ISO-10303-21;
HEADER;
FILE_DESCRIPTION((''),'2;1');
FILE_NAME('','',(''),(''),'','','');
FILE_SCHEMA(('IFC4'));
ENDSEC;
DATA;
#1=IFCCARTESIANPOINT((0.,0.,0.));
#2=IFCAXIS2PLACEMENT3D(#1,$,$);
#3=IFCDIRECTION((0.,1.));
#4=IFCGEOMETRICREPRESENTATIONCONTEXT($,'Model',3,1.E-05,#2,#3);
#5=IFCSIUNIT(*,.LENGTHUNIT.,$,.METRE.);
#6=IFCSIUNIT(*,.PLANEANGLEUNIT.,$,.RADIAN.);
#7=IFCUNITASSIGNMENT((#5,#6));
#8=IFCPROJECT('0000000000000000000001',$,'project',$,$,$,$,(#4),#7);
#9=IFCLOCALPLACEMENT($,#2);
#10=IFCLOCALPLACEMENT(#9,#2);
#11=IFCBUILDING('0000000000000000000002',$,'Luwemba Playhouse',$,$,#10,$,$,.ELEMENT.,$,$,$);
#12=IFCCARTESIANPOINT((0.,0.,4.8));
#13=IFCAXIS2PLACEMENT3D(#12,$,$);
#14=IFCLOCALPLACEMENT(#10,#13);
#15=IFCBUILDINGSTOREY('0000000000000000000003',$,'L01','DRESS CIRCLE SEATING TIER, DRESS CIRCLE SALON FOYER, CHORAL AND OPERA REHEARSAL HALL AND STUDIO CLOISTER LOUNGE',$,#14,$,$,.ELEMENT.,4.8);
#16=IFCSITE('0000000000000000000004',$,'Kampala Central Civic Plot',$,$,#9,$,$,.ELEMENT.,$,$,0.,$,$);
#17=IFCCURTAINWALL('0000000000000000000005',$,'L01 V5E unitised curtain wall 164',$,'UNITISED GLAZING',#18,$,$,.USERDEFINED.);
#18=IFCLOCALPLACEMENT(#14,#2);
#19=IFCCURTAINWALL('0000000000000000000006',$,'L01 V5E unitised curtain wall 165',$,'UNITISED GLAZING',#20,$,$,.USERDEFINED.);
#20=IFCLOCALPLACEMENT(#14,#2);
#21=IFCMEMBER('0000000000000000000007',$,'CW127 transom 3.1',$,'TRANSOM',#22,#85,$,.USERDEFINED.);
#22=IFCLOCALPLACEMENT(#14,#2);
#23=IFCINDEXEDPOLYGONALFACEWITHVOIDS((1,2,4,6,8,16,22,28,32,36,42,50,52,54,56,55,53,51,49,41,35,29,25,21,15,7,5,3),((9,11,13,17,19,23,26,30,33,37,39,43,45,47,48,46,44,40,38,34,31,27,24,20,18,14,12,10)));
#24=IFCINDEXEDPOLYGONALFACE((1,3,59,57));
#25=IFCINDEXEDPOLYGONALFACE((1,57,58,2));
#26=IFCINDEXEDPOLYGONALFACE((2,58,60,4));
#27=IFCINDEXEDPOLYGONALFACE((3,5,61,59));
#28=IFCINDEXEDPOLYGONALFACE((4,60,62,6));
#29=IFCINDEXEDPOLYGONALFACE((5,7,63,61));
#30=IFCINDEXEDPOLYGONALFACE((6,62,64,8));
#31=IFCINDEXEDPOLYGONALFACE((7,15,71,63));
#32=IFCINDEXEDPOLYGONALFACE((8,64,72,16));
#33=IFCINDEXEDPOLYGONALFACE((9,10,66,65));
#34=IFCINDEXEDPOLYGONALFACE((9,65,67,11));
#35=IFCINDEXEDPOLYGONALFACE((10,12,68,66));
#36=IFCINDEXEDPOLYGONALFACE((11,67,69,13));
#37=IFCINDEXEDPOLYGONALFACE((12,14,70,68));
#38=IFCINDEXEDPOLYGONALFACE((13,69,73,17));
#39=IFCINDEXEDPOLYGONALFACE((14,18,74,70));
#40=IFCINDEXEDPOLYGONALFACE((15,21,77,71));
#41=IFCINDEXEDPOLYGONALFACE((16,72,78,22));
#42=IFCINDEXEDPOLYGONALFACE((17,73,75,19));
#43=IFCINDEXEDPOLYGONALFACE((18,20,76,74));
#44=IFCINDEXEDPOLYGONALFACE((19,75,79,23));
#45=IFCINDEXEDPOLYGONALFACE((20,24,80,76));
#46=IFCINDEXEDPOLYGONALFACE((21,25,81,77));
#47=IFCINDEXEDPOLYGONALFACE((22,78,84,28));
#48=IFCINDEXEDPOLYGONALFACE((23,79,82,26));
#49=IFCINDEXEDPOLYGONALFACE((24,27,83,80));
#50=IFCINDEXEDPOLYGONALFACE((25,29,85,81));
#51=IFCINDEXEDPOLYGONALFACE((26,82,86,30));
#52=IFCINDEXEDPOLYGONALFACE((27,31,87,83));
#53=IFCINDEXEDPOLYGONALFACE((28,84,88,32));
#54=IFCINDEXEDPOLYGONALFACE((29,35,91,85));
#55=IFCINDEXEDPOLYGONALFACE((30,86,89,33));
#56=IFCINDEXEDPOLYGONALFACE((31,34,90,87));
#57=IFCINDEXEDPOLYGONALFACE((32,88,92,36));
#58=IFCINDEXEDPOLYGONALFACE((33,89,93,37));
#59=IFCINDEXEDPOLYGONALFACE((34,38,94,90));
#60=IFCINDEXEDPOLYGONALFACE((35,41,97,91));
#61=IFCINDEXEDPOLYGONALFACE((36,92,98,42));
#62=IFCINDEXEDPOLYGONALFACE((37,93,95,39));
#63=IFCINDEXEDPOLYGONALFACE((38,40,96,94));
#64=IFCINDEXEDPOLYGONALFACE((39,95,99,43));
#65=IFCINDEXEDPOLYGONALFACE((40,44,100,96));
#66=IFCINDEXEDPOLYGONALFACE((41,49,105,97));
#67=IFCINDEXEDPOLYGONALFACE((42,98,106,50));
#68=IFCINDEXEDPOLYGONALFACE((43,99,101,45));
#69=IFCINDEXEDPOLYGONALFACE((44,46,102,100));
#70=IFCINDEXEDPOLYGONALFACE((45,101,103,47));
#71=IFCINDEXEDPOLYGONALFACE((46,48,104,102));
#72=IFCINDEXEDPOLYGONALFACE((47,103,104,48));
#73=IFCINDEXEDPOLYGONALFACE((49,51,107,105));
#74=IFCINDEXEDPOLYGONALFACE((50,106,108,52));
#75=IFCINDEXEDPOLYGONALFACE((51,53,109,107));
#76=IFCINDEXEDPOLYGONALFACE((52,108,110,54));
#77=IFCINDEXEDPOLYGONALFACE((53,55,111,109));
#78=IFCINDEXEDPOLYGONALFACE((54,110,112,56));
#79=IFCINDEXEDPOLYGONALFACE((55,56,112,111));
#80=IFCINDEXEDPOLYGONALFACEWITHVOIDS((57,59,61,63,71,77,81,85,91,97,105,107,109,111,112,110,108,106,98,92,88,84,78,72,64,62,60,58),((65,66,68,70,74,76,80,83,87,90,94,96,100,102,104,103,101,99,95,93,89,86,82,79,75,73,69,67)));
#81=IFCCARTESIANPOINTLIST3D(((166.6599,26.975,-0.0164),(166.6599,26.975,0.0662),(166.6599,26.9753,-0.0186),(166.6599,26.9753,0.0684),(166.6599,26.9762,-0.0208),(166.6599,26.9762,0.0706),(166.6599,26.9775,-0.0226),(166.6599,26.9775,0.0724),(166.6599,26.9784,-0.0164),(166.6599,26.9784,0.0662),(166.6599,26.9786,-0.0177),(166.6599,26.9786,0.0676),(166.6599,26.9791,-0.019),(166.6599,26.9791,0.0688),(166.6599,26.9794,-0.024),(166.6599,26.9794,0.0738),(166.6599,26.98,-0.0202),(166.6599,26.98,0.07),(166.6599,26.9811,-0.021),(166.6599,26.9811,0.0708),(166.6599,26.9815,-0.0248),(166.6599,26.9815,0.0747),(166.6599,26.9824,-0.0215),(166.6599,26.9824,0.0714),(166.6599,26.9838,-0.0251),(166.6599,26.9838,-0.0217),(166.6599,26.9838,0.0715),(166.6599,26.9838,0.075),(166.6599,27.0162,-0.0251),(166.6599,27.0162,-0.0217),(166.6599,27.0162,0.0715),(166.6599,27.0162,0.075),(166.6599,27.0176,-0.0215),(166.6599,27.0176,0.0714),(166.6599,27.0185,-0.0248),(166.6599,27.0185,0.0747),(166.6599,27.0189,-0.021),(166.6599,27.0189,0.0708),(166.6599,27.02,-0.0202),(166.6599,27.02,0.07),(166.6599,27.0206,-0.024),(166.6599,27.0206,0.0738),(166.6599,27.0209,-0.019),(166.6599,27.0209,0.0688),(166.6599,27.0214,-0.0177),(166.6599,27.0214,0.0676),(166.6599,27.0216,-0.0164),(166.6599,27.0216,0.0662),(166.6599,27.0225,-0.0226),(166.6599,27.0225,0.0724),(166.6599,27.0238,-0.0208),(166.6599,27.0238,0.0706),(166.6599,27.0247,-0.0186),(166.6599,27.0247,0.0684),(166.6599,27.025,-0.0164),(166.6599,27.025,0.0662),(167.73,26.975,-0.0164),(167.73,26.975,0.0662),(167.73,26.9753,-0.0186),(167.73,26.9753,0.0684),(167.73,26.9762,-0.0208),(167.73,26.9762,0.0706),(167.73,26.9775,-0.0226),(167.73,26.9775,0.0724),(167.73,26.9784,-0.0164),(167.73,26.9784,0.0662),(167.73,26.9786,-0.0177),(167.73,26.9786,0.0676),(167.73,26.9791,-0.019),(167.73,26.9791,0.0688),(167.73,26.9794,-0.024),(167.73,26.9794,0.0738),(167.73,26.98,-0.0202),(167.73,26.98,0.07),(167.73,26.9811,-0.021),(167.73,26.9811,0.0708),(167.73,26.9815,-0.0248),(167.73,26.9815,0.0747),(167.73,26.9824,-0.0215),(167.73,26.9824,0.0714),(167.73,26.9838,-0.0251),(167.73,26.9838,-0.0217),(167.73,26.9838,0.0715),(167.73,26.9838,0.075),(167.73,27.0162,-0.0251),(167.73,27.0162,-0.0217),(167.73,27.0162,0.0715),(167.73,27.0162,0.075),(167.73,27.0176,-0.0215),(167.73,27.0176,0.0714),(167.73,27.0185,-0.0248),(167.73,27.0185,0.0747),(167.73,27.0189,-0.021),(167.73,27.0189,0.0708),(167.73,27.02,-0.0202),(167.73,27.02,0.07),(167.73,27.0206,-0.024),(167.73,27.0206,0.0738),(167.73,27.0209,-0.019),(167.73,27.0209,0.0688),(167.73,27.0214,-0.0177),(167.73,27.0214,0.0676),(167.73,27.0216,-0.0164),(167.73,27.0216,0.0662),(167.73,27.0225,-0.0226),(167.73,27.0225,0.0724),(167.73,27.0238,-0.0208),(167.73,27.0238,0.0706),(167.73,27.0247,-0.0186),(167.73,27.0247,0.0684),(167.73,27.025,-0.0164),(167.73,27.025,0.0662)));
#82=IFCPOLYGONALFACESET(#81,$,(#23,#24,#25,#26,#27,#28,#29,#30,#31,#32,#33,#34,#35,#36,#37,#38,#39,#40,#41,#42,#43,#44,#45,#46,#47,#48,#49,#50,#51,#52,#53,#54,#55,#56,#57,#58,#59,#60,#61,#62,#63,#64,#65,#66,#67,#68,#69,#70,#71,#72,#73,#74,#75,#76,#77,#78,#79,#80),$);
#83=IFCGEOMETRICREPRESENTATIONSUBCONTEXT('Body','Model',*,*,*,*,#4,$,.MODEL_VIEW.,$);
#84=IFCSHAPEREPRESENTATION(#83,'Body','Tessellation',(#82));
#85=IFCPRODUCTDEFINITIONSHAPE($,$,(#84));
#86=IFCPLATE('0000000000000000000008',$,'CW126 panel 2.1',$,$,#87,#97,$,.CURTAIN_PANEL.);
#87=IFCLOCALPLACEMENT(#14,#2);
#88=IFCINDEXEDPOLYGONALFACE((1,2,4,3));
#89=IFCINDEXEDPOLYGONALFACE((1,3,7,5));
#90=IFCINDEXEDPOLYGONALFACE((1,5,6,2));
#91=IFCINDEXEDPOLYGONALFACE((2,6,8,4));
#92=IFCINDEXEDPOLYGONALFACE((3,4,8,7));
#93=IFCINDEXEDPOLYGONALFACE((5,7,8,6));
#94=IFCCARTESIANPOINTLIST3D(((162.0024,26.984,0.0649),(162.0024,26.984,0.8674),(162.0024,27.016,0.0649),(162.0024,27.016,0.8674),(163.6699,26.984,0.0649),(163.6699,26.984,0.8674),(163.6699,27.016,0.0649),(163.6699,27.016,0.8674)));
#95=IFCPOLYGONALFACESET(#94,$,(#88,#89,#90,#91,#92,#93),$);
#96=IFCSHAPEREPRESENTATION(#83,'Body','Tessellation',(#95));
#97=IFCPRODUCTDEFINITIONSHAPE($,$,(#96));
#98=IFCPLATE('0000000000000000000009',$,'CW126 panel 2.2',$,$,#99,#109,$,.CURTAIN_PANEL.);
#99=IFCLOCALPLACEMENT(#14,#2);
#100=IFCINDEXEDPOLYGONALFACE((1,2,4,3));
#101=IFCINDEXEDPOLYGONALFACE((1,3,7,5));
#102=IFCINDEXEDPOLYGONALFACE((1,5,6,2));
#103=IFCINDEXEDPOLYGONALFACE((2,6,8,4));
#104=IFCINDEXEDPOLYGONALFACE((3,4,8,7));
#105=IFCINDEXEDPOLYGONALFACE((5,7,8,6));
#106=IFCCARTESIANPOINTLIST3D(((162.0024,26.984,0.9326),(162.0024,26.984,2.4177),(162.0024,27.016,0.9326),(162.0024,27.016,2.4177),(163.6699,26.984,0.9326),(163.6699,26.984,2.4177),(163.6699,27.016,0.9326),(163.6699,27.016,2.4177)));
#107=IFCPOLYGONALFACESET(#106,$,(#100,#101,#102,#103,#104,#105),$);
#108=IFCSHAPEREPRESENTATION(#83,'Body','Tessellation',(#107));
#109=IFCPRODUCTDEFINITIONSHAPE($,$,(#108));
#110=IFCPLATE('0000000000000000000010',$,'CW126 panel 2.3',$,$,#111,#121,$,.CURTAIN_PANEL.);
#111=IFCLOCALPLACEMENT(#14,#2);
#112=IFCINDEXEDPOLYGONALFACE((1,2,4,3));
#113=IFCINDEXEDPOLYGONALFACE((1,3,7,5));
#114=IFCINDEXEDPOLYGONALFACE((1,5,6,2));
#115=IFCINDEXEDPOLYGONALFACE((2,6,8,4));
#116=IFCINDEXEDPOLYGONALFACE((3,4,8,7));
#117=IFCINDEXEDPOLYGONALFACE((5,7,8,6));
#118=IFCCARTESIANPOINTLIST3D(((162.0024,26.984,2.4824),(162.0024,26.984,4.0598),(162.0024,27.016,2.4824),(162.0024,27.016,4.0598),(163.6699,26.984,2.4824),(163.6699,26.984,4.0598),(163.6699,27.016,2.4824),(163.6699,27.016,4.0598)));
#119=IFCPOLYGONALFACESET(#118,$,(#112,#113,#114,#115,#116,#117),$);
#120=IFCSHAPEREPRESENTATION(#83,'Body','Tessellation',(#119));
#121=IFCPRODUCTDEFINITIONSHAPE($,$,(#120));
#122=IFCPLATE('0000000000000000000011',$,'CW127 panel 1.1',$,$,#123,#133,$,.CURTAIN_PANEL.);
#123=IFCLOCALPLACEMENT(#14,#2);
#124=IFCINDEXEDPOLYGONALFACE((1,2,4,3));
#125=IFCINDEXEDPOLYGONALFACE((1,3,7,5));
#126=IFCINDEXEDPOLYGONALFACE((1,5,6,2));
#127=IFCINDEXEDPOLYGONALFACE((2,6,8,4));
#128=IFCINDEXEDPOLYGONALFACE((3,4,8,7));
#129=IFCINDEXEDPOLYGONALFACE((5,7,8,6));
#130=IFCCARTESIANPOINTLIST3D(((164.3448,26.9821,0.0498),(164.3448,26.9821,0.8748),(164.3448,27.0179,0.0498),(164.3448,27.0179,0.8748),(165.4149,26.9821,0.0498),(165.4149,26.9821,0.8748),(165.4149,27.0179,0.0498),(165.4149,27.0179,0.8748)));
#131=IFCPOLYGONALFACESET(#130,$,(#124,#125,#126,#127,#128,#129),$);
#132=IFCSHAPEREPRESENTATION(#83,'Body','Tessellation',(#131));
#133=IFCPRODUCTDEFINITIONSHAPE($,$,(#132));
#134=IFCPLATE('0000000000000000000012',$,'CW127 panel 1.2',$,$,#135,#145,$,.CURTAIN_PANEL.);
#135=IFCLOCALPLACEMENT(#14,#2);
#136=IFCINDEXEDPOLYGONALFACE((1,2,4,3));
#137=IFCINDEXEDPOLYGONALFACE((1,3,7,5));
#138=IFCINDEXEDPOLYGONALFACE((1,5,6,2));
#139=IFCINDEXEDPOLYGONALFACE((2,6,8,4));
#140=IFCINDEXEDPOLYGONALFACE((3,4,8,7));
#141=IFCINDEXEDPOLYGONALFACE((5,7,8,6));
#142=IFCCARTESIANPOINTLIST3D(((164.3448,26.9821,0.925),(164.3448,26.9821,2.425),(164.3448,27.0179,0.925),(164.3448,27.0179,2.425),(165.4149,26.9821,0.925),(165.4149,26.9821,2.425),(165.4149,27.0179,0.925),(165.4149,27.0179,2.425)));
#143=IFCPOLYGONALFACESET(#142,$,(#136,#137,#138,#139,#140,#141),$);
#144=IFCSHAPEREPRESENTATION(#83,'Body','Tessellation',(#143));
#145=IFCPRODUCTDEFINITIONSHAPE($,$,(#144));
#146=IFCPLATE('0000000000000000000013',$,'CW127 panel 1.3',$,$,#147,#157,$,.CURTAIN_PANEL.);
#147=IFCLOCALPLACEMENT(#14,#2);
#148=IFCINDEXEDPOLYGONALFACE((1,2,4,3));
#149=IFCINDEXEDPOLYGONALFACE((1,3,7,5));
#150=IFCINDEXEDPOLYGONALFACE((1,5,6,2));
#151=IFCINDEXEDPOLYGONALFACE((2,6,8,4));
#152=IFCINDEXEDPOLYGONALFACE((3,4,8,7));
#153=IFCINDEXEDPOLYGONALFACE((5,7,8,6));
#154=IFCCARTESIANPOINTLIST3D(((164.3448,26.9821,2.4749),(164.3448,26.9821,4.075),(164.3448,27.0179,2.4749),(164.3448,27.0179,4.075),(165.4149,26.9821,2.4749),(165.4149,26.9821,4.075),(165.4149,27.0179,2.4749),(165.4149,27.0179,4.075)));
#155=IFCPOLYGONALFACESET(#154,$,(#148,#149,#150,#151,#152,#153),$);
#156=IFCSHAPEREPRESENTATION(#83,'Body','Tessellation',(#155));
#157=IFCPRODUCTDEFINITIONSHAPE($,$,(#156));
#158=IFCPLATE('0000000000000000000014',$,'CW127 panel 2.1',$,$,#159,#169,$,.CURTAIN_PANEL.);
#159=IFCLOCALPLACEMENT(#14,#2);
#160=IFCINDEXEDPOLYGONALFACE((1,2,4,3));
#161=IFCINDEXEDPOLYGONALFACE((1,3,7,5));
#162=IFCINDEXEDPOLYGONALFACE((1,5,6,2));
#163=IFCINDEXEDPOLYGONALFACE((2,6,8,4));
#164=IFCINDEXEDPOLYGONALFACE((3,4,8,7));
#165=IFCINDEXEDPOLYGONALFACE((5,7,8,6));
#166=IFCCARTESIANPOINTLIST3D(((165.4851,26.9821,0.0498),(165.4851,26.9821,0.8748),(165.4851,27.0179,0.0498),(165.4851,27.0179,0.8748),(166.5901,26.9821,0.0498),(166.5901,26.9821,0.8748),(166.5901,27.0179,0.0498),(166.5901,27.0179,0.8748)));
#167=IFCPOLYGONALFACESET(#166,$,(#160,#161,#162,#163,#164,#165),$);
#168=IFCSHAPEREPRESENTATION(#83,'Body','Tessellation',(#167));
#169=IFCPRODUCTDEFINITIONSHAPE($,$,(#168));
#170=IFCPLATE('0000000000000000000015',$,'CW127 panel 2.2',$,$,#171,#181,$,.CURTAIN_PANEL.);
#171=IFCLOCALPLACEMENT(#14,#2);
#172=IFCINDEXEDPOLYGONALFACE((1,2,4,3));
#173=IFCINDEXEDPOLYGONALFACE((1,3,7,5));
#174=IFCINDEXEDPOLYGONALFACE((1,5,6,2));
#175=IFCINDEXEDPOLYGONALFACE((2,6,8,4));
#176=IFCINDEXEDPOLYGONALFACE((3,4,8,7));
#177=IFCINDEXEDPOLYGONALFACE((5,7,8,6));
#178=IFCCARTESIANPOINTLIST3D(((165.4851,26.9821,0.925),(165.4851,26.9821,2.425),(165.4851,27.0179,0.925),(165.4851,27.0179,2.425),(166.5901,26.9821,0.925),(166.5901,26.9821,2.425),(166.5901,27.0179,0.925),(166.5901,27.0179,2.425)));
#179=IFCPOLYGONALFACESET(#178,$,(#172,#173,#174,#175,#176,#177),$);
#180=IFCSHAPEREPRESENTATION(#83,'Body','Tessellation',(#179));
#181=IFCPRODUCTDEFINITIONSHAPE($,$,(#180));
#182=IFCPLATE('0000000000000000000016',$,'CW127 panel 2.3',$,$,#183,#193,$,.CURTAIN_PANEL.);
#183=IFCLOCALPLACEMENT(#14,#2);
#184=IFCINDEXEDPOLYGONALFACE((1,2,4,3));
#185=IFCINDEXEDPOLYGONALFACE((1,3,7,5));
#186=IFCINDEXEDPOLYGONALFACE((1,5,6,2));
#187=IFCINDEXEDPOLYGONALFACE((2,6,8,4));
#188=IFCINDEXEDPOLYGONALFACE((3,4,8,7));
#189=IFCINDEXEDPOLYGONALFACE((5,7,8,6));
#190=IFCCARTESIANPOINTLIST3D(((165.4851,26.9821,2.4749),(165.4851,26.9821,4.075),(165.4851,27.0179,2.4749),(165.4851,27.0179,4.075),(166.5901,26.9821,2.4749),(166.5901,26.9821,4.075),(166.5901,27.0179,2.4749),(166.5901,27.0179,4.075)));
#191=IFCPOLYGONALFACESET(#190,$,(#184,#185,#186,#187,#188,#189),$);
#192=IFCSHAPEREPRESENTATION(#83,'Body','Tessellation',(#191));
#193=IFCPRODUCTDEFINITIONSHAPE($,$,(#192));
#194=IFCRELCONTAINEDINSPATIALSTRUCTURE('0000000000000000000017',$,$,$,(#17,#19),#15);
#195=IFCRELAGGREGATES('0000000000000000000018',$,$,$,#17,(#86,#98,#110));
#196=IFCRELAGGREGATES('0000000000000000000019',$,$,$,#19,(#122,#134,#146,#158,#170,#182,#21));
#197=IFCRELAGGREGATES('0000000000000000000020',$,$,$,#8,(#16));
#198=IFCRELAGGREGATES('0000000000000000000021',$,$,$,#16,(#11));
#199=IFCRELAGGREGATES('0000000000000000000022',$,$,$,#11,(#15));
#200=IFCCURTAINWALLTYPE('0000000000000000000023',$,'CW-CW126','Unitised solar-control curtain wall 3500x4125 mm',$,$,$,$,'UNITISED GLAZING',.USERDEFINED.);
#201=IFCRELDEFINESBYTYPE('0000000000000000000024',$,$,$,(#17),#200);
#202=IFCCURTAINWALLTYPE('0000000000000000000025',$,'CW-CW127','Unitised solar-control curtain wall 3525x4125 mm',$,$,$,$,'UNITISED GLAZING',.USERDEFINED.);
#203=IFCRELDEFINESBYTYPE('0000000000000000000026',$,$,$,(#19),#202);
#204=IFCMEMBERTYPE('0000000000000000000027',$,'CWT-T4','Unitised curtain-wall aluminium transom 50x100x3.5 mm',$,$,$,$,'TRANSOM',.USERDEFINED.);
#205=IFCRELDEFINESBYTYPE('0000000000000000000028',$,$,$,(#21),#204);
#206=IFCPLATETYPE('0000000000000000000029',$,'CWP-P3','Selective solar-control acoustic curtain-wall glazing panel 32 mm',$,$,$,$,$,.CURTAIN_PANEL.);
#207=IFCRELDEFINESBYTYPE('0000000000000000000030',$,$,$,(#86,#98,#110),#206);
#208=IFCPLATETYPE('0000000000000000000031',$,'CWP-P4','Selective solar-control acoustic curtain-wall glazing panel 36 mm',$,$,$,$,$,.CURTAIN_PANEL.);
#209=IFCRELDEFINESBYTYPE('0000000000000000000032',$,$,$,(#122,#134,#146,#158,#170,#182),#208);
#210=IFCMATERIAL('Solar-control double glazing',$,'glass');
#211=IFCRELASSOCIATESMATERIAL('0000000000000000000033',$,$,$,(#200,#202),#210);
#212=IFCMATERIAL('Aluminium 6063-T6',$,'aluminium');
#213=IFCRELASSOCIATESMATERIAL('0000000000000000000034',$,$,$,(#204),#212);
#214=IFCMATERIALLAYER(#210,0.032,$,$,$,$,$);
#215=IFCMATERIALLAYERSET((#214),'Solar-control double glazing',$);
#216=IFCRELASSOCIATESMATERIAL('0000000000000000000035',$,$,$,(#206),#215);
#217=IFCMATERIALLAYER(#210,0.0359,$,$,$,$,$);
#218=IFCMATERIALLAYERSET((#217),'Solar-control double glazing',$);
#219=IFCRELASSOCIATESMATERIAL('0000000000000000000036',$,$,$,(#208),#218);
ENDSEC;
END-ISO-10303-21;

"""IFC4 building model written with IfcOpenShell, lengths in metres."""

from ifc_helpers import new_model, si_unit, direction, frame, origin, origin_2d, place, context, subcontext, project, spatial, rectangle, hollow_rectangle, extrude, material, layer, layer_set, material_profile, profile_set, type_object, element, aggregate, save


model = new_model("IFC4")

# Units and contexts
model_context = context("Model", 3, precision=1e-05, world=origin(), true_north=direction((0.0, 1.0)))
body_context = subcontext(model_context, "Body", "Model", "MODEL_VIEW")
ifc_project = project(units=[si_unit("LENGTHUNIT", "METRE"), si_unit("PLANEANGLEUNIT", "RADIAN")], contexts=[model_context])

# Site, building, storey
site_placement = place(None, origin())
site = spatial("IfcSite", under=ifc_project, at=site_placement, Name="Kampala Central Civic Plot", CompositionType="ELEMENT", RefElevation=0.0)
building_placement = place(site_placement, origin())
building = spatial("IfcBuilding", under=site, at=building_placement, Name="Luwemba Playhouse", CompositionType="ELEMENT")
storey_placement = place(building_placement, frame((0.0, 0.0, 4.8)))
storey = spatial("IfcBuildingStorey", under=building, at=storey_placement, Name="L01", Description="DRESS CIRCLE SEATING TIER, DRESS CIRCLE SALON FOYER, CHORAL AND OPERA REHEARSAL HALL AND STUDIO CLOISTER LOUNGE", CompositionType="ELEMENT", Elevation=4.8)

# Curtain walls
ifc_material_1 = material(Name="Solar-control double glazing", Category="glass")
curtain_wall_type_1 = type_object("IfcCurtainWallType", Name="CW-CW126", Description="Unitised solar-control curtain wall 3500x4125 mm", ElementType="UNITISED GLAZING", PredefinedType="USERDEFINED", material=ifc_material_1)
curtain_wall_1_placement = place(storey_placement, origin())
curtain_wall_1 = element("IfcCurtainWall", 1, at=curtain_wall_1_placement, inside=storey, type_object=curtain_wall_type_1, Name="L01 V5E unitised curtain wall 164", ObjectType="UNITISED GLAZING", PredefinedType="USERDEFINED")
ifc_material_2 = material(Name="Aluminium 6063-T6", Category="aluminium")
curtain_wall_type_2 = type_object("IfcCurtainWallType", Name="CW-CW127", Description="Unitised solar-control curtain wall 3525x4125 mm", ElementType="UNITISED GLAZING", PredefinedType="USERDEFINED", material=ifc_material_1)
curtain_wall_2_placement = place(storey_placement, origin())
curtain_wall_2 = element("IfcCurtainWall", 2, at=curtain_wall_2_placement, inside=storey, type_object=curtain_wall_type_2, Name="L01 V5E unitised curtain wall 165", ObjectType="UNITISED GLAZING", PredefinedType="USERDEFINED")

# Member
ifc_material_profile_1 = material_profile(ifc_material_2, hollow_rectangle(XDim=0.05, YDim=0.1001, WallThickness=0.0034, InnerFilletRadius=0.0054, OuterFilletRadius=0.0088, at=origin_2d()))
ifc_profile_set_1 = profile_set([ifc_material_profile_1], Name="Aluminium 6063-T6")
member_type_1 = type_object("IfcMemberType", Name="CWT-T4", Description="Unitised curtain-wall aluminium transom 50x100x3.5 mm", ElementType="TRANSOM", PredefinedType="USERDEFINED", material=ifc_profile_set_1)
member_1_placement = place(storey_placement, frame((166.6599, 27.0, 0.0249), z_axis=(1.0, 0.0, 0.0), x_axis=(0.0, 1.0, 0.0)))
member_1 = element("IfcMember", 3, at=member_1_placement, type_object=member_type_1, Name="CW127 transom 3.1", ObjectType="TRANSOM", PredefinedType="USERDEFINED", context=body_context, shape_type="SweptSolid", body=[
    extrude(hollow_rectangle(XDim=0.05, YDim=0.1001, WallThickness=0.0034, InnerFilletRadius=0.0054, OuterFilletRadius=0.0088, at=origin_2d()), origin(), (0.0, 0.0, 1.0), 1.0701),
])

# Plates
ifc_layer_1 = layer(ifc_material_1, 0.032)
ifc_layer_set_1 = layer_set([ifc_layer_1], Name="Solar-control double glazing")
plate_type_1 = type_object("IfcPlateType", Name="CWP-P3", Description="Selective solar-control acoustic curtain-wall glazing panel 32 mm", PredefinedType="CURTAIN_PANEL", material=ifc_layer_set_1)
plate_1_placement = place(storey_placement, frame((162.8362, 27.0, 0.0649), z_axis=(0.0, 0.0, 1.0), x_axis=(1.0, 0.0, 0.0)))
plate_1 = element("IfcPlate", 4, at=plate_1_placement, type_object=plate_type_1, Name="CW126 panel 2.1", PredefinedType="CURTAIN_PANEL", context=body_context, shape_type="SweptSolid", body=[
    extrude(rectangle(XDim=1.6675, YDim=0.032, at=origin_2d()), origin(), (0.0, 0.0, 1.0), 0.8025),
])
plate_2_placement = place(storey_placement, frame((162.8362, 27.0, 0.9326), z_axis=(0.0, 0.0, 1.0), x_axis=(1.0, 0.0, 0.0)))
plate_2 = element("IfcPlate", 5, at=plate_2_placement, type_object=plate_type_1, Name="CW126 panel 2.2", PredefinedType="CURTAIN_PANEL", context=body_context, shape_type="SweptSolid", body=[
    extrude(rectangle(XDim=1.6675, YDim=0.032, at=origin_2d()), origin(), (0.0, 0.0, 1.0), 1.4851),
])
plate_3_placement = place(storey_placement, frame((162.8362, 27.0, 2.4824), z_axis=(0.0, 0.0, 1.0), x_axis=(1.0, 0.0, 0.0)))
plate_3 = element("IfcPlate", 6, at=plate_3_placement, type_object=plate_type_1, Name="CW126 panel 2.3", PredefinedType="CURTAIN_PANEL", context=body_context, shape_type="SweptSolid", body=[
    extrude(rectangle(XDim=1.6675, YDim=0.032, at=origin_2d()), origin(), (0.0, 0.0, 1.0), 1.5774),
])
aggregate(curtain_wall_1, [plate_1, plate_2, plate_3])
ifc_layer_2 = layer(ifc_material_1, 0.0359)
ifc_layer_set_2 = layer_set([ifc_layer_2], Name="Solar-control double glazing")
plate_type_2 = type_object("IfcPlateType", Name="CWP-P4", Description="Selective solar-control acoustic curtain-wall glazing panel 36 mm", PredefinedType="CURTAIN_PANEL", material=ifc_layer_set_2)
plate_4_placement = place(storey_placement, frame((164.8799, 27.0, 0.0498), z_axis=(0.0, 0.0, 1.0), x_axis=(1.0, 0.0, 0.0)))
plate_4 = element("IfcPlate", 7, at=plate_4_placement, type_object=plate_type_2, Name="CW127 panel 1.1", PredefinedType="CURTAIN_PANEL", context=body_context, shape_type="SweptSolid", body=[
    extrude(rectangle(XDim=1.0701, YDim=0.0359, at=origin_2d()), origin(), (0.0, 0.0, 1.0), 0.825),
])
plate_5_placement = place(storey_placement, frame((164.8799, 27.0, 0.925), z_axis=(0.0, 0.0, 1.0), x_axis=(1.0, 0.0, 0.0)))
plate_5 = element("IfcPlate", 8, at=plate_5_placement, type_object=plate_type_2, Name="CW127 panel 1.2", PredefinedType="CURTAIN_PANEL", context=body_context, shape_type="SweptSolid", body=[
    extrude(rectangle(XDim=1.0701, YDim=0.0359, at=origin_2d()), origin(), (0.0, 0.0, 1.0), 1.5),
])
plate_6_placement = place(storey_placement, frame((164.8799, 27.0, 2.4749), z_axis=(0.0, 0.0, 1.0), x_axis=(1.0, 0.0, 0.0)))
plate_6 = element("IfcPlate", 9, at=plate_6_placement, type_object=plate_type_2, Name="CW127 panel 1.3", PredefinedType="CURTAIN_PANEL", context=body_context, shape_type="SweptSolid", body=[
    extrude(rectangle(XDim=1.0701, YDim=0.0359, at=origin_2d()), origin(), (0.0, 0.0, 1.0), 1.6001),
])
plate_7_placement = place(storey_placement, frame((166.0376, 27.0, 0.0498), z_axis=(0.0, 0.0, 1.0), x_axis=(1.0, 0.0, 0.0)))
plate_7 = element("IfcPlate", 10, at=plate_7_placement, type_object=plate_type_2, Name="CW127 panel 2.1", PredefinedType="CURTAIN_PANEL", context=body_context, shape_type="SweptSolid", body=[
    extrude(rectangle(XDim=1.105, YDim=0.0359, at=origin_2d()), origin(), (0.0, 0.0, 1.0), 0.825),
])
plate_8_placement = place(storey_placement, frame((166.0376, 27.0, 0.925), z_axis=(0.0, 0.0, 1.0), x_axis=(1.0, 0.0, 0.0)))
plate_8 = element("IfcPlate", 11, at=plate_8_placement, type_object=plate_type_2, Name="CW127 panel 2.2", PredefinedType="CURTAIN_PANEL", context=body_context, shape_type="SweptSolid", body=[
    extrude(rectangle(XDim=1.105, YDim=0.0359, at=origin_2d()), origin(), (0.0, 0.0, 1.0), 1.5),
])
plate_9_placement = place(storey_placement, frame((166.0376, 27.0, 2.4749), z_axis=(0.0, 0.0, 1.0), x_axis=(1.0, 0.0, 0.0)))
plate_9 = element("IfcPlate", 12, at=plate_9_placement, type_object=plate_type_2, Name="CW127 panel 2.3", PredefinedType="CURTAIN_PANEL", context=body_context, shape_type="SweptSolid", body=[
    extrude(rectangle(XDim=1.105, YDim=0.0359, at=origin_2d()), origin(), (0.0, 0.0, 1.0), 1.6001),
])
aggregate(curtain_wall_2, [plate_4, plate_5, plate_6, plate_7, plate_8, plate_9, member_1])

save(model, "model.ifc")
